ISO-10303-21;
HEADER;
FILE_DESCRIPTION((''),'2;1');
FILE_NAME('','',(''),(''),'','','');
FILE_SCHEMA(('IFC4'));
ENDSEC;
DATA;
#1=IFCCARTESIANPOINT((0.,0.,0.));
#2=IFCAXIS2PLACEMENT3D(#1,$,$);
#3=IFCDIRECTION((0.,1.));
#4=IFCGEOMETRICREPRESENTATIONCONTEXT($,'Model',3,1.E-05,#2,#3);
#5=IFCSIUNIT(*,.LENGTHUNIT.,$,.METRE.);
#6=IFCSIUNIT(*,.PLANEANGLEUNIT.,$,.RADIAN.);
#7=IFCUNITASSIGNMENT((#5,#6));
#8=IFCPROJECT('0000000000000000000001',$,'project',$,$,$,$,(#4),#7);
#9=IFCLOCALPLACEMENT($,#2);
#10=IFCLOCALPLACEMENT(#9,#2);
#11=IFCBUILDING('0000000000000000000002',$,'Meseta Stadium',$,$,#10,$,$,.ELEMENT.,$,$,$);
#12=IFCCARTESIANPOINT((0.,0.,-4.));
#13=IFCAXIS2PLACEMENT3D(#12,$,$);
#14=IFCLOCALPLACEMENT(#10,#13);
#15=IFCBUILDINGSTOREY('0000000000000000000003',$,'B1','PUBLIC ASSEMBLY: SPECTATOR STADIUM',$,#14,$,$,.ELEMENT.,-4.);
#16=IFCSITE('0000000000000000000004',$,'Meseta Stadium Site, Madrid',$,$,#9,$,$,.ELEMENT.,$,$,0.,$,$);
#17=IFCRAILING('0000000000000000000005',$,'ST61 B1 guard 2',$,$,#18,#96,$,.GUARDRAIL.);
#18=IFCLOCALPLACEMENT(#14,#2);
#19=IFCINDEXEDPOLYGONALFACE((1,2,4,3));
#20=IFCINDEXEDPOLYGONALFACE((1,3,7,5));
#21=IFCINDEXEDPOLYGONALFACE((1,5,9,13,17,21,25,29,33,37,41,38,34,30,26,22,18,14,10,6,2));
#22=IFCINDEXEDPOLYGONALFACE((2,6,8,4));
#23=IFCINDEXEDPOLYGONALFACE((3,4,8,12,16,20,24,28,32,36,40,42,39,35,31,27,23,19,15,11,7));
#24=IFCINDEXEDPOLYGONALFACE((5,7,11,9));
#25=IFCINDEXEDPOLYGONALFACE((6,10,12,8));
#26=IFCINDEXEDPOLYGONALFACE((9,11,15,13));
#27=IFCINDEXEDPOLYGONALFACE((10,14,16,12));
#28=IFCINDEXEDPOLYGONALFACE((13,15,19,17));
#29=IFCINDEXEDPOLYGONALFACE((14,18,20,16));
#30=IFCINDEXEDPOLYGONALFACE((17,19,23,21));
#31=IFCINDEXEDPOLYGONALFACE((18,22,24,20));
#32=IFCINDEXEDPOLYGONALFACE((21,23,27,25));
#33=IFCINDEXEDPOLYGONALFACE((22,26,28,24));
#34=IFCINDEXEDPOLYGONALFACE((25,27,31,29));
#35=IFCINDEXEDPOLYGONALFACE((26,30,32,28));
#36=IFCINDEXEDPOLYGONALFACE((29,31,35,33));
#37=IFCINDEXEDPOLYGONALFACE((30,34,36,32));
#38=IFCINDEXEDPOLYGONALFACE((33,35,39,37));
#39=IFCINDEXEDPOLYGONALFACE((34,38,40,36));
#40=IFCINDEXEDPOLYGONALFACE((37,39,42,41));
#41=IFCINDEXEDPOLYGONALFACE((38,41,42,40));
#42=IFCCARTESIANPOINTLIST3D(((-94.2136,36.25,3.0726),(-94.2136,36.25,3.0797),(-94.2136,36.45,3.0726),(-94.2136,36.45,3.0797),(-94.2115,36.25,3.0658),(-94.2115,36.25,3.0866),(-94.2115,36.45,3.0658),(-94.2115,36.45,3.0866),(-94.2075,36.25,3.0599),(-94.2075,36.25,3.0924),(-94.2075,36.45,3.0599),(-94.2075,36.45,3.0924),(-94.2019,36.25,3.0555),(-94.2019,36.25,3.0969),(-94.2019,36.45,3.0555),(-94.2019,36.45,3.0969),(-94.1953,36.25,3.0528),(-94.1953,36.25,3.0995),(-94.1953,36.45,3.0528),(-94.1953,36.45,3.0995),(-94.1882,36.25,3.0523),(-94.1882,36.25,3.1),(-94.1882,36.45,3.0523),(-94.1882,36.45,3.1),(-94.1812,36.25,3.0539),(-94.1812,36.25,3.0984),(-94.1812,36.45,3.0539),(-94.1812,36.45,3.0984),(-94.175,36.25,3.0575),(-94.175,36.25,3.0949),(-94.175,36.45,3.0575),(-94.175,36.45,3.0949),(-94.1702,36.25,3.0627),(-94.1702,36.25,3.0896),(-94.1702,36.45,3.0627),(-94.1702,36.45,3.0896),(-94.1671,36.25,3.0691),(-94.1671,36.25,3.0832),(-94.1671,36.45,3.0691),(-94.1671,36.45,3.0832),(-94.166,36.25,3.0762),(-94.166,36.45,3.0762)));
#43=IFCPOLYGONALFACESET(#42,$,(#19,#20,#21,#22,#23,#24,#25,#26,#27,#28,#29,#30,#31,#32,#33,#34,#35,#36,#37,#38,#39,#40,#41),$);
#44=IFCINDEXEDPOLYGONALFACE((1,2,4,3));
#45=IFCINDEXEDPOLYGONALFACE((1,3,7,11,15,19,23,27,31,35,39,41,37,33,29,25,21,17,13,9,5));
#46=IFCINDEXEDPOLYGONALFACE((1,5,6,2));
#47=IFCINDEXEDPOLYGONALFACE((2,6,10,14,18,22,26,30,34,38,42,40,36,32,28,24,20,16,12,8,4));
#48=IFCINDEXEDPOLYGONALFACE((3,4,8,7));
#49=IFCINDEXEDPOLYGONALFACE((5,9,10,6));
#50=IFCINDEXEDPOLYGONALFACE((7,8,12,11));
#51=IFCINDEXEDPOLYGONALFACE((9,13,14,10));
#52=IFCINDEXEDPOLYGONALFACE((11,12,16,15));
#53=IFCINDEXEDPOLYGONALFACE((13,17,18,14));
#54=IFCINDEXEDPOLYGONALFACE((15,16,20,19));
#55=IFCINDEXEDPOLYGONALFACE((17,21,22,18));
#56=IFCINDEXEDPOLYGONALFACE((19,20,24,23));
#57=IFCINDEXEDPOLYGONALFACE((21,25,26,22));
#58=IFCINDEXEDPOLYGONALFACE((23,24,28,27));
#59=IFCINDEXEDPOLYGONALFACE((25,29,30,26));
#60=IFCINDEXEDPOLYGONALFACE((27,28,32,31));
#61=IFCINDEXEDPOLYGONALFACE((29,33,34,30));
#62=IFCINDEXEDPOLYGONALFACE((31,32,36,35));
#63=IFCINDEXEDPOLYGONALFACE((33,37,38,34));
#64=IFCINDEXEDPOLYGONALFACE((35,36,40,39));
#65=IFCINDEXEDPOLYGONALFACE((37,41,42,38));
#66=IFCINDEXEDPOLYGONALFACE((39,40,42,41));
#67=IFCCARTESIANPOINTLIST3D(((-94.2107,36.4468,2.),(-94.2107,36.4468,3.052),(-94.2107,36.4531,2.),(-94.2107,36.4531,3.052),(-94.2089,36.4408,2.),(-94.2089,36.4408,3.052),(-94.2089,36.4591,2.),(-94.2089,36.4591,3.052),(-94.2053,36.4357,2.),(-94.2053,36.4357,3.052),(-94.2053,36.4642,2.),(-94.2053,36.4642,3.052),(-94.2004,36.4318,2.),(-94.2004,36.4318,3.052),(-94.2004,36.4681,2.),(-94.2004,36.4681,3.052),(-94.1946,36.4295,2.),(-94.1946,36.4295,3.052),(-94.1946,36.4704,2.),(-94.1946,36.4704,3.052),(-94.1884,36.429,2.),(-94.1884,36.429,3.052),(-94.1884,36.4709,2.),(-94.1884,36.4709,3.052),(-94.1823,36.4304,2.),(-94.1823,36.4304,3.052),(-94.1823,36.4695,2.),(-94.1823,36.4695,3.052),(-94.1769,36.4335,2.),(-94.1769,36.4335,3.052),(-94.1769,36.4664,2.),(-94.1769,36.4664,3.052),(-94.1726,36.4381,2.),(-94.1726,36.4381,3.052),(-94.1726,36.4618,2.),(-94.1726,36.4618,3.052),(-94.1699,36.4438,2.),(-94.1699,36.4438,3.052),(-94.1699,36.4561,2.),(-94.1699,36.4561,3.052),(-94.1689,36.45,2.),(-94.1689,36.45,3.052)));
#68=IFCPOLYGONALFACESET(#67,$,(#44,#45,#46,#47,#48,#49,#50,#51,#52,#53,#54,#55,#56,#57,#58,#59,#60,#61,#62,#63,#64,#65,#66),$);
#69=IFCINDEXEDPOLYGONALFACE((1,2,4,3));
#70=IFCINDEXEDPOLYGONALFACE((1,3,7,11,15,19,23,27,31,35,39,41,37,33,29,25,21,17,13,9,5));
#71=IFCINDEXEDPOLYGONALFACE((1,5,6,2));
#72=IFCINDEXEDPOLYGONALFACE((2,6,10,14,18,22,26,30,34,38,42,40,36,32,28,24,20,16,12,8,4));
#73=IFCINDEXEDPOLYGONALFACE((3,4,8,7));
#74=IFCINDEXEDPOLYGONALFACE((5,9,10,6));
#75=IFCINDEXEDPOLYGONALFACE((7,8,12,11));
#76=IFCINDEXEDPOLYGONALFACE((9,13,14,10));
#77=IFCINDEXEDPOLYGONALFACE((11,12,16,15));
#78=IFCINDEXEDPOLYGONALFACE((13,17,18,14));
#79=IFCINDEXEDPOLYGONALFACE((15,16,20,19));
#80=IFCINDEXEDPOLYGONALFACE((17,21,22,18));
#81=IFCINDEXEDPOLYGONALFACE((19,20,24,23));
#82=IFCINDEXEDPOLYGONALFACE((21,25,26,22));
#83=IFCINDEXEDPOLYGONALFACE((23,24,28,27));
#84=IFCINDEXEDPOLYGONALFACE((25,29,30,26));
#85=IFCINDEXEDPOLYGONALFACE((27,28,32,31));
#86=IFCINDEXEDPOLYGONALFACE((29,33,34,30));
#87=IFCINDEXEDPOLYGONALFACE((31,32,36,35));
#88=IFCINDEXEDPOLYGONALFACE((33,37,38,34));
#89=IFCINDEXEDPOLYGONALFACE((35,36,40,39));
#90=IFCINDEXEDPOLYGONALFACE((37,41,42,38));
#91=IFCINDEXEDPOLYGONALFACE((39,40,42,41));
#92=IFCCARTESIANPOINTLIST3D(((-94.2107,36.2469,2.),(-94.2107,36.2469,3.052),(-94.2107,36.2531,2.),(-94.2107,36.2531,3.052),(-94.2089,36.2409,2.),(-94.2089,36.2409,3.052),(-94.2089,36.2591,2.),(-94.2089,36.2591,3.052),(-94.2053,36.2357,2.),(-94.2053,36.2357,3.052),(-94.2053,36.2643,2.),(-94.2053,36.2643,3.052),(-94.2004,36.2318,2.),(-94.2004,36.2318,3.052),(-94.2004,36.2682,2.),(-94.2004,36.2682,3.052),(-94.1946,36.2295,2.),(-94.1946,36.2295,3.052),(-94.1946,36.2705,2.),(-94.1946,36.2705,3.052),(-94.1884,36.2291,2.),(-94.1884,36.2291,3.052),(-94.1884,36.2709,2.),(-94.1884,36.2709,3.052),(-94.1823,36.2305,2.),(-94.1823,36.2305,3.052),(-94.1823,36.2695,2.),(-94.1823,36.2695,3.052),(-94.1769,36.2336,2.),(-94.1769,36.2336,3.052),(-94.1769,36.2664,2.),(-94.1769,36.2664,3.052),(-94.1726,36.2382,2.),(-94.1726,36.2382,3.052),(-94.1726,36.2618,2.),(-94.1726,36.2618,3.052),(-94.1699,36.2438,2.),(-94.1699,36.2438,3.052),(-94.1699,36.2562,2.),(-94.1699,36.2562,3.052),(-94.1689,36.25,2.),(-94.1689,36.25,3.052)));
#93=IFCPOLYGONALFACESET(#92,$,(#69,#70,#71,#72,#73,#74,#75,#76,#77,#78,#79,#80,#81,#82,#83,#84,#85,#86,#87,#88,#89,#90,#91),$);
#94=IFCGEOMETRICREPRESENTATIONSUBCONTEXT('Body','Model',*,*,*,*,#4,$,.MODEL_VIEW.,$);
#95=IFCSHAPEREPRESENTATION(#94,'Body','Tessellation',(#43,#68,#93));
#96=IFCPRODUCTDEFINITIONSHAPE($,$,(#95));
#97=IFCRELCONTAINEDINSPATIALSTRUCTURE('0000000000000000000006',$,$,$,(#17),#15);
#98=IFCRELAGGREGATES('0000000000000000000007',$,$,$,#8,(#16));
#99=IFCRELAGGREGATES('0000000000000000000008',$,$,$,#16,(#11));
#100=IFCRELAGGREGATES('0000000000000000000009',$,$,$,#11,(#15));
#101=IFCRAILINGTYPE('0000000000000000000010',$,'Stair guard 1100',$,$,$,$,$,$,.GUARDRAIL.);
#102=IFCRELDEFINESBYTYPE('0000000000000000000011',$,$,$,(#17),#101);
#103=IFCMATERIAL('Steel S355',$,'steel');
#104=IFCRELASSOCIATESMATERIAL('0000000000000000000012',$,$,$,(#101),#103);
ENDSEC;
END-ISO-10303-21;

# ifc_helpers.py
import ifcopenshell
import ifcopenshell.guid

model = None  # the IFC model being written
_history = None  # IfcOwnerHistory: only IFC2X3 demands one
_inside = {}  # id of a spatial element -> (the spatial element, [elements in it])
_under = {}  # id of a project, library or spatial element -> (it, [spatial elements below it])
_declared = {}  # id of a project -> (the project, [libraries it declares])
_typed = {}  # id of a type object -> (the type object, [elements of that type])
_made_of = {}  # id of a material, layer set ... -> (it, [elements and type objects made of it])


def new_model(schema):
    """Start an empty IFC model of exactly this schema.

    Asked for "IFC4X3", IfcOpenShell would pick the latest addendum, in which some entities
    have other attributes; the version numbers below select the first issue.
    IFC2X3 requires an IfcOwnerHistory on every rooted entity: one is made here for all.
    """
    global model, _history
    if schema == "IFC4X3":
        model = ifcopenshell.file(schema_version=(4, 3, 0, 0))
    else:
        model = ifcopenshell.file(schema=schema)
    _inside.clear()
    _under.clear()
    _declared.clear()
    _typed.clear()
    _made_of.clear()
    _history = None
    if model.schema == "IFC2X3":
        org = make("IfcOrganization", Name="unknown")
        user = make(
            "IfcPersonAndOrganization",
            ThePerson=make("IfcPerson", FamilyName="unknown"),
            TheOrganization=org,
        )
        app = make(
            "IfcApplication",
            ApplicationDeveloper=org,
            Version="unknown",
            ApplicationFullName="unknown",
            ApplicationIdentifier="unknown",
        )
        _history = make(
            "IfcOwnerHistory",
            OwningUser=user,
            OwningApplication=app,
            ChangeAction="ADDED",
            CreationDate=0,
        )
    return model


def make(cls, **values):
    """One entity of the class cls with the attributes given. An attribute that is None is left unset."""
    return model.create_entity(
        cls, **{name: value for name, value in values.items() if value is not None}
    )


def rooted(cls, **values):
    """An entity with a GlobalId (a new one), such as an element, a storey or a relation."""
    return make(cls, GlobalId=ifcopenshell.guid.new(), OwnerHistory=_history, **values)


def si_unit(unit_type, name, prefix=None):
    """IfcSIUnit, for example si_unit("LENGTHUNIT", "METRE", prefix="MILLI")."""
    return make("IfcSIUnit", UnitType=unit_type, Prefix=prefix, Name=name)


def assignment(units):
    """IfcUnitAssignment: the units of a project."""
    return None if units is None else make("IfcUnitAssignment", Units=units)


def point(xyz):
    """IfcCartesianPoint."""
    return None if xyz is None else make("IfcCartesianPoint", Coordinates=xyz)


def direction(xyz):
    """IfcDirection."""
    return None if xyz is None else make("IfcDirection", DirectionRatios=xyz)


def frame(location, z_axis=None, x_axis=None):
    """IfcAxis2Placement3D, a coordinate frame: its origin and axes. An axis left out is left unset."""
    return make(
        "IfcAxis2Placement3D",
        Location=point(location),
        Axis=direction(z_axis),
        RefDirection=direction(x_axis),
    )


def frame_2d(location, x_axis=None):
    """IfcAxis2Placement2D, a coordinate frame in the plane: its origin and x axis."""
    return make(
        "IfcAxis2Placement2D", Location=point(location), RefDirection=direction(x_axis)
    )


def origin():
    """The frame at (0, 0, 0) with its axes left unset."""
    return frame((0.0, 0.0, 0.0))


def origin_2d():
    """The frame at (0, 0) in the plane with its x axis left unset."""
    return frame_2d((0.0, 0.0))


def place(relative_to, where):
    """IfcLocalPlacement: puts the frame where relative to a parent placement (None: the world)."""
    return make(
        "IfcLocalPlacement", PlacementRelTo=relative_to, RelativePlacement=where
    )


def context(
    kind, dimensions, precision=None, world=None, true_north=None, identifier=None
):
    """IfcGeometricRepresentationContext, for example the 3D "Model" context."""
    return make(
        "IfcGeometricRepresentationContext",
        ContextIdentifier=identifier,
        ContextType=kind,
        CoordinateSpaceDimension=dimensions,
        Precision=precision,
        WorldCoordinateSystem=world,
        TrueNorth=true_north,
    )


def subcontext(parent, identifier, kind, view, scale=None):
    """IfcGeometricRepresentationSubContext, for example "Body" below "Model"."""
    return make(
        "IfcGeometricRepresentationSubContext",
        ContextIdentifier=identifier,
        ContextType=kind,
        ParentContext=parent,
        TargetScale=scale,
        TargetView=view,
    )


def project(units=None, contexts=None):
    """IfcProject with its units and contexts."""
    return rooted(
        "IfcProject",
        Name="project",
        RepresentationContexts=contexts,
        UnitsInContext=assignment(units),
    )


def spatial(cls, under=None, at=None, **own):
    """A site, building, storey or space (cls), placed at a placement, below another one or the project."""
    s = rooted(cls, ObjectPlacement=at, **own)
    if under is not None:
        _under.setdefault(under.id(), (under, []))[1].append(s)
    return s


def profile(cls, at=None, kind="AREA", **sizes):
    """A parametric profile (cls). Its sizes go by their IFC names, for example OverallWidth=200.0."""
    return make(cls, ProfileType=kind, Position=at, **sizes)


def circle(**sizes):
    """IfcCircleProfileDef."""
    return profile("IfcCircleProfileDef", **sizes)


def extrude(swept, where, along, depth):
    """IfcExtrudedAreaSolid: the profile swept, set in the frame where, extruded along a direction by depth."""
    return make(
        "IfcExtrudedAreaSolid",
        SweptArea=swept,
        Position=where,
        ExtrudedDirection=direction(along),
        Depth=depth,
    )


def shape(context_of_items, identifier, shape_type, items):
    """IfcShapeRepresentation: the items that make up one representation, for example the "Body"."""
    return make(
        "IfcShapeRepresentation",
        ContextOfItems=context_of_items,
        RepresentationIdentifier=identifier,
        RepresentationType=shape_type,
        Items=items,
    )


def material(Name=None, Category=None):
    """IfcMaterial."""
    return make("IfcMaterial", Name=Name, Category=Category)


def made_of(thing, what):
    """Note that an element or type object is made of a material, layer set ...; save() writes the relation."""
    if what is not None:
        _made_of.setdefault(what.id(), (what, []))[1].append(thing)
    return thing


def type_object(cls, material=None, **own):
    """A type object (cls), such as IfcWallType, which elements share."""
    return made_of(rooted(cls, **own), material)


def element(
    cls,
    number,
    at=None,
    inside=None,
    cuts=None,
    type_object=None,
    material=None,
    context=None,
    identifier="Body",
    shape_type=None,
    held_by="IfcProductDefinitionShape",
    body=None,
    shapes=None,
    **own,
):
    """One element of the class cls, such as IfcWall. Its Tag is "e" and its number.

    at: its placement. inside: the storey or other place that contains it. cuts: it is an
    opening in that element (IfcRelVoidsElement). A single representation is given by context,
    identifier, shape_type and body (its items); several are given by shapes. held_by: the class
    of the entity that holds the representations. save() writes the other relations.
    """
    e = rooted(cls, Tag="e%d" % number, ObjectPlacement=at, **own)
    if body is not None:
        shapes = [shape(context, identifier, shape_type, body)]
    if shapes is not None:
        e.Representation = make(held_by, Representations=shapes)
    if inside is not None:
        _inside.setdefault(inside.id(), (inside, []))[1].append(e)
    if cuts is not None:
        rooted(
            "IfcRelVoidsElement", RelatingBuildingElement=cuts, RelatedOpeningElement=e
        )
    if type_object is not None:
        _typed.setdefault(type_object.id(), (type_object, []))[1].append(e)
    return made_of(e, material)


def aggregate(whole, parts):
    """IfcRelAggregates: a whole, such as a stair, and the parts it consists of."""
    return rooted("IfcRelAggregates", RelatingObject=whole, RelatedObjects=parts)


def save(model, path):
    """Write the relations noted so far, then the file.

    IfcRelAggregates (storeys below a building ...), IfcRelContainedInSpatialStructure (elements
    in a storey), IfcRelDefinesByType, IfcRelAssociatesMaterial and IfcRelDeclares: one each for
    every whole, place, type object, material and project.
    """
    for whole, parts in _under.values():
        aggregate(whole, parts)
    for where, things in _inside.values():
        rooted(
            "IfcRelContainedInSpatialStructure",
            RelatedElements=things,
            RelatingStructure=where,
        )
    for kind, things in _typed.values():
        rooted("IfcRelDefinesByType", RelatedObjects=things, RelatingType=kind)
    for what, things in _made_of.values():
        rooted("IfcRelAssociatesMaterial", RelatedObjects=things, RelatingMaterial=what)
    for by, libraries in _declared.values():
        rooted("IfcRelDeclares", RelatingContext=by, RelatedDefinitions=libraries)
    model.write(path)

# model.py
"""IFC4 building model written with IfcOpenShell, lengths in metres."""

from ifc_helpers import new_model, si_unit, direction, frame, origin, origin_2d, place, context, subcontext, project, spatial, circle, extrude, material, type_object, element, save


model = new_model("IFC4")

# Units and contexts
model_context = context("Model", 3, precision=1e-05, world=origin(), true_north=direction((0.0, 1.0)))
body_context = subcontext(model_context, "Body", "Model", "MODEL_VIEW")
ifc_project = project(units=[si_unit("LENGTHUNIT", "METRE"), si_unit("PLANEANGLEUNIT", "RADIAN")], contexts=[model_context])

# Site, building, storey
site_placement = place(None, origin())
site = spatial("IfcSite", under=ifc_project, at=site_placement, Name="Meseta Stadium Site, Madrid", CompositionType="ELEMENT", RefElevation=0.0)
building_placement = place(site_placement, origin())
building = spatial("IfcBuilding", under=site, at=building_placement, Name="Meseta Stadium", CompositionType="ELEMENT")
storey_placement = place(building_placement, frame((0.0, 0.0, -4.0)))
storey = spatial("IfcBuildingStorey", under=building, at=storey_placement, Name="B1", Description="PUBLIC ASSEMBLY: SPECTATOR STADIUM", CompositionType="ELEMENT", Elevation=-4.0)

# Railing
ifc_material_1 = material(Name="Steel S355", Category="steel")
railing_type_1 = type_object("IfcRailingType", Name="Stair guard 1100", PredefinedType="GUARDRAIL", material=ifc_material_1)
railing_1_placement = place(storey_placement, frame((-94.1899, 36.45, 2.0)))
element("IfcRailing", 1, at=railing_1_placement, inside=storey, type_object=railing_type_1, Name="ST61 B1 guard 2", PredefinedType="GUARDRAIL", context=body_context, shape_type="SweptSolid", body=[
    extrude(circle(Radius=0.0239, at=origin_2d()), frame((0.0, 0.0, 1.0762), z_axis=(0.0, -1.0, 0.0), x_axis=(1.0, 0.0, 0.0)), (0.0, 0.0, 1.0), 0.2),
    extrude(circle(Radius=0.021, at=origin_2d()), origin(), (0.0, 0.0, 1.0), 1.052),
    extrude(circle(Radius=0.021, at=origin_2d()), frame((0.0, -0.2, 0.0)), (0.0, 0.0, 1.0), 1.052),
])

save(model, "model.ifc")
